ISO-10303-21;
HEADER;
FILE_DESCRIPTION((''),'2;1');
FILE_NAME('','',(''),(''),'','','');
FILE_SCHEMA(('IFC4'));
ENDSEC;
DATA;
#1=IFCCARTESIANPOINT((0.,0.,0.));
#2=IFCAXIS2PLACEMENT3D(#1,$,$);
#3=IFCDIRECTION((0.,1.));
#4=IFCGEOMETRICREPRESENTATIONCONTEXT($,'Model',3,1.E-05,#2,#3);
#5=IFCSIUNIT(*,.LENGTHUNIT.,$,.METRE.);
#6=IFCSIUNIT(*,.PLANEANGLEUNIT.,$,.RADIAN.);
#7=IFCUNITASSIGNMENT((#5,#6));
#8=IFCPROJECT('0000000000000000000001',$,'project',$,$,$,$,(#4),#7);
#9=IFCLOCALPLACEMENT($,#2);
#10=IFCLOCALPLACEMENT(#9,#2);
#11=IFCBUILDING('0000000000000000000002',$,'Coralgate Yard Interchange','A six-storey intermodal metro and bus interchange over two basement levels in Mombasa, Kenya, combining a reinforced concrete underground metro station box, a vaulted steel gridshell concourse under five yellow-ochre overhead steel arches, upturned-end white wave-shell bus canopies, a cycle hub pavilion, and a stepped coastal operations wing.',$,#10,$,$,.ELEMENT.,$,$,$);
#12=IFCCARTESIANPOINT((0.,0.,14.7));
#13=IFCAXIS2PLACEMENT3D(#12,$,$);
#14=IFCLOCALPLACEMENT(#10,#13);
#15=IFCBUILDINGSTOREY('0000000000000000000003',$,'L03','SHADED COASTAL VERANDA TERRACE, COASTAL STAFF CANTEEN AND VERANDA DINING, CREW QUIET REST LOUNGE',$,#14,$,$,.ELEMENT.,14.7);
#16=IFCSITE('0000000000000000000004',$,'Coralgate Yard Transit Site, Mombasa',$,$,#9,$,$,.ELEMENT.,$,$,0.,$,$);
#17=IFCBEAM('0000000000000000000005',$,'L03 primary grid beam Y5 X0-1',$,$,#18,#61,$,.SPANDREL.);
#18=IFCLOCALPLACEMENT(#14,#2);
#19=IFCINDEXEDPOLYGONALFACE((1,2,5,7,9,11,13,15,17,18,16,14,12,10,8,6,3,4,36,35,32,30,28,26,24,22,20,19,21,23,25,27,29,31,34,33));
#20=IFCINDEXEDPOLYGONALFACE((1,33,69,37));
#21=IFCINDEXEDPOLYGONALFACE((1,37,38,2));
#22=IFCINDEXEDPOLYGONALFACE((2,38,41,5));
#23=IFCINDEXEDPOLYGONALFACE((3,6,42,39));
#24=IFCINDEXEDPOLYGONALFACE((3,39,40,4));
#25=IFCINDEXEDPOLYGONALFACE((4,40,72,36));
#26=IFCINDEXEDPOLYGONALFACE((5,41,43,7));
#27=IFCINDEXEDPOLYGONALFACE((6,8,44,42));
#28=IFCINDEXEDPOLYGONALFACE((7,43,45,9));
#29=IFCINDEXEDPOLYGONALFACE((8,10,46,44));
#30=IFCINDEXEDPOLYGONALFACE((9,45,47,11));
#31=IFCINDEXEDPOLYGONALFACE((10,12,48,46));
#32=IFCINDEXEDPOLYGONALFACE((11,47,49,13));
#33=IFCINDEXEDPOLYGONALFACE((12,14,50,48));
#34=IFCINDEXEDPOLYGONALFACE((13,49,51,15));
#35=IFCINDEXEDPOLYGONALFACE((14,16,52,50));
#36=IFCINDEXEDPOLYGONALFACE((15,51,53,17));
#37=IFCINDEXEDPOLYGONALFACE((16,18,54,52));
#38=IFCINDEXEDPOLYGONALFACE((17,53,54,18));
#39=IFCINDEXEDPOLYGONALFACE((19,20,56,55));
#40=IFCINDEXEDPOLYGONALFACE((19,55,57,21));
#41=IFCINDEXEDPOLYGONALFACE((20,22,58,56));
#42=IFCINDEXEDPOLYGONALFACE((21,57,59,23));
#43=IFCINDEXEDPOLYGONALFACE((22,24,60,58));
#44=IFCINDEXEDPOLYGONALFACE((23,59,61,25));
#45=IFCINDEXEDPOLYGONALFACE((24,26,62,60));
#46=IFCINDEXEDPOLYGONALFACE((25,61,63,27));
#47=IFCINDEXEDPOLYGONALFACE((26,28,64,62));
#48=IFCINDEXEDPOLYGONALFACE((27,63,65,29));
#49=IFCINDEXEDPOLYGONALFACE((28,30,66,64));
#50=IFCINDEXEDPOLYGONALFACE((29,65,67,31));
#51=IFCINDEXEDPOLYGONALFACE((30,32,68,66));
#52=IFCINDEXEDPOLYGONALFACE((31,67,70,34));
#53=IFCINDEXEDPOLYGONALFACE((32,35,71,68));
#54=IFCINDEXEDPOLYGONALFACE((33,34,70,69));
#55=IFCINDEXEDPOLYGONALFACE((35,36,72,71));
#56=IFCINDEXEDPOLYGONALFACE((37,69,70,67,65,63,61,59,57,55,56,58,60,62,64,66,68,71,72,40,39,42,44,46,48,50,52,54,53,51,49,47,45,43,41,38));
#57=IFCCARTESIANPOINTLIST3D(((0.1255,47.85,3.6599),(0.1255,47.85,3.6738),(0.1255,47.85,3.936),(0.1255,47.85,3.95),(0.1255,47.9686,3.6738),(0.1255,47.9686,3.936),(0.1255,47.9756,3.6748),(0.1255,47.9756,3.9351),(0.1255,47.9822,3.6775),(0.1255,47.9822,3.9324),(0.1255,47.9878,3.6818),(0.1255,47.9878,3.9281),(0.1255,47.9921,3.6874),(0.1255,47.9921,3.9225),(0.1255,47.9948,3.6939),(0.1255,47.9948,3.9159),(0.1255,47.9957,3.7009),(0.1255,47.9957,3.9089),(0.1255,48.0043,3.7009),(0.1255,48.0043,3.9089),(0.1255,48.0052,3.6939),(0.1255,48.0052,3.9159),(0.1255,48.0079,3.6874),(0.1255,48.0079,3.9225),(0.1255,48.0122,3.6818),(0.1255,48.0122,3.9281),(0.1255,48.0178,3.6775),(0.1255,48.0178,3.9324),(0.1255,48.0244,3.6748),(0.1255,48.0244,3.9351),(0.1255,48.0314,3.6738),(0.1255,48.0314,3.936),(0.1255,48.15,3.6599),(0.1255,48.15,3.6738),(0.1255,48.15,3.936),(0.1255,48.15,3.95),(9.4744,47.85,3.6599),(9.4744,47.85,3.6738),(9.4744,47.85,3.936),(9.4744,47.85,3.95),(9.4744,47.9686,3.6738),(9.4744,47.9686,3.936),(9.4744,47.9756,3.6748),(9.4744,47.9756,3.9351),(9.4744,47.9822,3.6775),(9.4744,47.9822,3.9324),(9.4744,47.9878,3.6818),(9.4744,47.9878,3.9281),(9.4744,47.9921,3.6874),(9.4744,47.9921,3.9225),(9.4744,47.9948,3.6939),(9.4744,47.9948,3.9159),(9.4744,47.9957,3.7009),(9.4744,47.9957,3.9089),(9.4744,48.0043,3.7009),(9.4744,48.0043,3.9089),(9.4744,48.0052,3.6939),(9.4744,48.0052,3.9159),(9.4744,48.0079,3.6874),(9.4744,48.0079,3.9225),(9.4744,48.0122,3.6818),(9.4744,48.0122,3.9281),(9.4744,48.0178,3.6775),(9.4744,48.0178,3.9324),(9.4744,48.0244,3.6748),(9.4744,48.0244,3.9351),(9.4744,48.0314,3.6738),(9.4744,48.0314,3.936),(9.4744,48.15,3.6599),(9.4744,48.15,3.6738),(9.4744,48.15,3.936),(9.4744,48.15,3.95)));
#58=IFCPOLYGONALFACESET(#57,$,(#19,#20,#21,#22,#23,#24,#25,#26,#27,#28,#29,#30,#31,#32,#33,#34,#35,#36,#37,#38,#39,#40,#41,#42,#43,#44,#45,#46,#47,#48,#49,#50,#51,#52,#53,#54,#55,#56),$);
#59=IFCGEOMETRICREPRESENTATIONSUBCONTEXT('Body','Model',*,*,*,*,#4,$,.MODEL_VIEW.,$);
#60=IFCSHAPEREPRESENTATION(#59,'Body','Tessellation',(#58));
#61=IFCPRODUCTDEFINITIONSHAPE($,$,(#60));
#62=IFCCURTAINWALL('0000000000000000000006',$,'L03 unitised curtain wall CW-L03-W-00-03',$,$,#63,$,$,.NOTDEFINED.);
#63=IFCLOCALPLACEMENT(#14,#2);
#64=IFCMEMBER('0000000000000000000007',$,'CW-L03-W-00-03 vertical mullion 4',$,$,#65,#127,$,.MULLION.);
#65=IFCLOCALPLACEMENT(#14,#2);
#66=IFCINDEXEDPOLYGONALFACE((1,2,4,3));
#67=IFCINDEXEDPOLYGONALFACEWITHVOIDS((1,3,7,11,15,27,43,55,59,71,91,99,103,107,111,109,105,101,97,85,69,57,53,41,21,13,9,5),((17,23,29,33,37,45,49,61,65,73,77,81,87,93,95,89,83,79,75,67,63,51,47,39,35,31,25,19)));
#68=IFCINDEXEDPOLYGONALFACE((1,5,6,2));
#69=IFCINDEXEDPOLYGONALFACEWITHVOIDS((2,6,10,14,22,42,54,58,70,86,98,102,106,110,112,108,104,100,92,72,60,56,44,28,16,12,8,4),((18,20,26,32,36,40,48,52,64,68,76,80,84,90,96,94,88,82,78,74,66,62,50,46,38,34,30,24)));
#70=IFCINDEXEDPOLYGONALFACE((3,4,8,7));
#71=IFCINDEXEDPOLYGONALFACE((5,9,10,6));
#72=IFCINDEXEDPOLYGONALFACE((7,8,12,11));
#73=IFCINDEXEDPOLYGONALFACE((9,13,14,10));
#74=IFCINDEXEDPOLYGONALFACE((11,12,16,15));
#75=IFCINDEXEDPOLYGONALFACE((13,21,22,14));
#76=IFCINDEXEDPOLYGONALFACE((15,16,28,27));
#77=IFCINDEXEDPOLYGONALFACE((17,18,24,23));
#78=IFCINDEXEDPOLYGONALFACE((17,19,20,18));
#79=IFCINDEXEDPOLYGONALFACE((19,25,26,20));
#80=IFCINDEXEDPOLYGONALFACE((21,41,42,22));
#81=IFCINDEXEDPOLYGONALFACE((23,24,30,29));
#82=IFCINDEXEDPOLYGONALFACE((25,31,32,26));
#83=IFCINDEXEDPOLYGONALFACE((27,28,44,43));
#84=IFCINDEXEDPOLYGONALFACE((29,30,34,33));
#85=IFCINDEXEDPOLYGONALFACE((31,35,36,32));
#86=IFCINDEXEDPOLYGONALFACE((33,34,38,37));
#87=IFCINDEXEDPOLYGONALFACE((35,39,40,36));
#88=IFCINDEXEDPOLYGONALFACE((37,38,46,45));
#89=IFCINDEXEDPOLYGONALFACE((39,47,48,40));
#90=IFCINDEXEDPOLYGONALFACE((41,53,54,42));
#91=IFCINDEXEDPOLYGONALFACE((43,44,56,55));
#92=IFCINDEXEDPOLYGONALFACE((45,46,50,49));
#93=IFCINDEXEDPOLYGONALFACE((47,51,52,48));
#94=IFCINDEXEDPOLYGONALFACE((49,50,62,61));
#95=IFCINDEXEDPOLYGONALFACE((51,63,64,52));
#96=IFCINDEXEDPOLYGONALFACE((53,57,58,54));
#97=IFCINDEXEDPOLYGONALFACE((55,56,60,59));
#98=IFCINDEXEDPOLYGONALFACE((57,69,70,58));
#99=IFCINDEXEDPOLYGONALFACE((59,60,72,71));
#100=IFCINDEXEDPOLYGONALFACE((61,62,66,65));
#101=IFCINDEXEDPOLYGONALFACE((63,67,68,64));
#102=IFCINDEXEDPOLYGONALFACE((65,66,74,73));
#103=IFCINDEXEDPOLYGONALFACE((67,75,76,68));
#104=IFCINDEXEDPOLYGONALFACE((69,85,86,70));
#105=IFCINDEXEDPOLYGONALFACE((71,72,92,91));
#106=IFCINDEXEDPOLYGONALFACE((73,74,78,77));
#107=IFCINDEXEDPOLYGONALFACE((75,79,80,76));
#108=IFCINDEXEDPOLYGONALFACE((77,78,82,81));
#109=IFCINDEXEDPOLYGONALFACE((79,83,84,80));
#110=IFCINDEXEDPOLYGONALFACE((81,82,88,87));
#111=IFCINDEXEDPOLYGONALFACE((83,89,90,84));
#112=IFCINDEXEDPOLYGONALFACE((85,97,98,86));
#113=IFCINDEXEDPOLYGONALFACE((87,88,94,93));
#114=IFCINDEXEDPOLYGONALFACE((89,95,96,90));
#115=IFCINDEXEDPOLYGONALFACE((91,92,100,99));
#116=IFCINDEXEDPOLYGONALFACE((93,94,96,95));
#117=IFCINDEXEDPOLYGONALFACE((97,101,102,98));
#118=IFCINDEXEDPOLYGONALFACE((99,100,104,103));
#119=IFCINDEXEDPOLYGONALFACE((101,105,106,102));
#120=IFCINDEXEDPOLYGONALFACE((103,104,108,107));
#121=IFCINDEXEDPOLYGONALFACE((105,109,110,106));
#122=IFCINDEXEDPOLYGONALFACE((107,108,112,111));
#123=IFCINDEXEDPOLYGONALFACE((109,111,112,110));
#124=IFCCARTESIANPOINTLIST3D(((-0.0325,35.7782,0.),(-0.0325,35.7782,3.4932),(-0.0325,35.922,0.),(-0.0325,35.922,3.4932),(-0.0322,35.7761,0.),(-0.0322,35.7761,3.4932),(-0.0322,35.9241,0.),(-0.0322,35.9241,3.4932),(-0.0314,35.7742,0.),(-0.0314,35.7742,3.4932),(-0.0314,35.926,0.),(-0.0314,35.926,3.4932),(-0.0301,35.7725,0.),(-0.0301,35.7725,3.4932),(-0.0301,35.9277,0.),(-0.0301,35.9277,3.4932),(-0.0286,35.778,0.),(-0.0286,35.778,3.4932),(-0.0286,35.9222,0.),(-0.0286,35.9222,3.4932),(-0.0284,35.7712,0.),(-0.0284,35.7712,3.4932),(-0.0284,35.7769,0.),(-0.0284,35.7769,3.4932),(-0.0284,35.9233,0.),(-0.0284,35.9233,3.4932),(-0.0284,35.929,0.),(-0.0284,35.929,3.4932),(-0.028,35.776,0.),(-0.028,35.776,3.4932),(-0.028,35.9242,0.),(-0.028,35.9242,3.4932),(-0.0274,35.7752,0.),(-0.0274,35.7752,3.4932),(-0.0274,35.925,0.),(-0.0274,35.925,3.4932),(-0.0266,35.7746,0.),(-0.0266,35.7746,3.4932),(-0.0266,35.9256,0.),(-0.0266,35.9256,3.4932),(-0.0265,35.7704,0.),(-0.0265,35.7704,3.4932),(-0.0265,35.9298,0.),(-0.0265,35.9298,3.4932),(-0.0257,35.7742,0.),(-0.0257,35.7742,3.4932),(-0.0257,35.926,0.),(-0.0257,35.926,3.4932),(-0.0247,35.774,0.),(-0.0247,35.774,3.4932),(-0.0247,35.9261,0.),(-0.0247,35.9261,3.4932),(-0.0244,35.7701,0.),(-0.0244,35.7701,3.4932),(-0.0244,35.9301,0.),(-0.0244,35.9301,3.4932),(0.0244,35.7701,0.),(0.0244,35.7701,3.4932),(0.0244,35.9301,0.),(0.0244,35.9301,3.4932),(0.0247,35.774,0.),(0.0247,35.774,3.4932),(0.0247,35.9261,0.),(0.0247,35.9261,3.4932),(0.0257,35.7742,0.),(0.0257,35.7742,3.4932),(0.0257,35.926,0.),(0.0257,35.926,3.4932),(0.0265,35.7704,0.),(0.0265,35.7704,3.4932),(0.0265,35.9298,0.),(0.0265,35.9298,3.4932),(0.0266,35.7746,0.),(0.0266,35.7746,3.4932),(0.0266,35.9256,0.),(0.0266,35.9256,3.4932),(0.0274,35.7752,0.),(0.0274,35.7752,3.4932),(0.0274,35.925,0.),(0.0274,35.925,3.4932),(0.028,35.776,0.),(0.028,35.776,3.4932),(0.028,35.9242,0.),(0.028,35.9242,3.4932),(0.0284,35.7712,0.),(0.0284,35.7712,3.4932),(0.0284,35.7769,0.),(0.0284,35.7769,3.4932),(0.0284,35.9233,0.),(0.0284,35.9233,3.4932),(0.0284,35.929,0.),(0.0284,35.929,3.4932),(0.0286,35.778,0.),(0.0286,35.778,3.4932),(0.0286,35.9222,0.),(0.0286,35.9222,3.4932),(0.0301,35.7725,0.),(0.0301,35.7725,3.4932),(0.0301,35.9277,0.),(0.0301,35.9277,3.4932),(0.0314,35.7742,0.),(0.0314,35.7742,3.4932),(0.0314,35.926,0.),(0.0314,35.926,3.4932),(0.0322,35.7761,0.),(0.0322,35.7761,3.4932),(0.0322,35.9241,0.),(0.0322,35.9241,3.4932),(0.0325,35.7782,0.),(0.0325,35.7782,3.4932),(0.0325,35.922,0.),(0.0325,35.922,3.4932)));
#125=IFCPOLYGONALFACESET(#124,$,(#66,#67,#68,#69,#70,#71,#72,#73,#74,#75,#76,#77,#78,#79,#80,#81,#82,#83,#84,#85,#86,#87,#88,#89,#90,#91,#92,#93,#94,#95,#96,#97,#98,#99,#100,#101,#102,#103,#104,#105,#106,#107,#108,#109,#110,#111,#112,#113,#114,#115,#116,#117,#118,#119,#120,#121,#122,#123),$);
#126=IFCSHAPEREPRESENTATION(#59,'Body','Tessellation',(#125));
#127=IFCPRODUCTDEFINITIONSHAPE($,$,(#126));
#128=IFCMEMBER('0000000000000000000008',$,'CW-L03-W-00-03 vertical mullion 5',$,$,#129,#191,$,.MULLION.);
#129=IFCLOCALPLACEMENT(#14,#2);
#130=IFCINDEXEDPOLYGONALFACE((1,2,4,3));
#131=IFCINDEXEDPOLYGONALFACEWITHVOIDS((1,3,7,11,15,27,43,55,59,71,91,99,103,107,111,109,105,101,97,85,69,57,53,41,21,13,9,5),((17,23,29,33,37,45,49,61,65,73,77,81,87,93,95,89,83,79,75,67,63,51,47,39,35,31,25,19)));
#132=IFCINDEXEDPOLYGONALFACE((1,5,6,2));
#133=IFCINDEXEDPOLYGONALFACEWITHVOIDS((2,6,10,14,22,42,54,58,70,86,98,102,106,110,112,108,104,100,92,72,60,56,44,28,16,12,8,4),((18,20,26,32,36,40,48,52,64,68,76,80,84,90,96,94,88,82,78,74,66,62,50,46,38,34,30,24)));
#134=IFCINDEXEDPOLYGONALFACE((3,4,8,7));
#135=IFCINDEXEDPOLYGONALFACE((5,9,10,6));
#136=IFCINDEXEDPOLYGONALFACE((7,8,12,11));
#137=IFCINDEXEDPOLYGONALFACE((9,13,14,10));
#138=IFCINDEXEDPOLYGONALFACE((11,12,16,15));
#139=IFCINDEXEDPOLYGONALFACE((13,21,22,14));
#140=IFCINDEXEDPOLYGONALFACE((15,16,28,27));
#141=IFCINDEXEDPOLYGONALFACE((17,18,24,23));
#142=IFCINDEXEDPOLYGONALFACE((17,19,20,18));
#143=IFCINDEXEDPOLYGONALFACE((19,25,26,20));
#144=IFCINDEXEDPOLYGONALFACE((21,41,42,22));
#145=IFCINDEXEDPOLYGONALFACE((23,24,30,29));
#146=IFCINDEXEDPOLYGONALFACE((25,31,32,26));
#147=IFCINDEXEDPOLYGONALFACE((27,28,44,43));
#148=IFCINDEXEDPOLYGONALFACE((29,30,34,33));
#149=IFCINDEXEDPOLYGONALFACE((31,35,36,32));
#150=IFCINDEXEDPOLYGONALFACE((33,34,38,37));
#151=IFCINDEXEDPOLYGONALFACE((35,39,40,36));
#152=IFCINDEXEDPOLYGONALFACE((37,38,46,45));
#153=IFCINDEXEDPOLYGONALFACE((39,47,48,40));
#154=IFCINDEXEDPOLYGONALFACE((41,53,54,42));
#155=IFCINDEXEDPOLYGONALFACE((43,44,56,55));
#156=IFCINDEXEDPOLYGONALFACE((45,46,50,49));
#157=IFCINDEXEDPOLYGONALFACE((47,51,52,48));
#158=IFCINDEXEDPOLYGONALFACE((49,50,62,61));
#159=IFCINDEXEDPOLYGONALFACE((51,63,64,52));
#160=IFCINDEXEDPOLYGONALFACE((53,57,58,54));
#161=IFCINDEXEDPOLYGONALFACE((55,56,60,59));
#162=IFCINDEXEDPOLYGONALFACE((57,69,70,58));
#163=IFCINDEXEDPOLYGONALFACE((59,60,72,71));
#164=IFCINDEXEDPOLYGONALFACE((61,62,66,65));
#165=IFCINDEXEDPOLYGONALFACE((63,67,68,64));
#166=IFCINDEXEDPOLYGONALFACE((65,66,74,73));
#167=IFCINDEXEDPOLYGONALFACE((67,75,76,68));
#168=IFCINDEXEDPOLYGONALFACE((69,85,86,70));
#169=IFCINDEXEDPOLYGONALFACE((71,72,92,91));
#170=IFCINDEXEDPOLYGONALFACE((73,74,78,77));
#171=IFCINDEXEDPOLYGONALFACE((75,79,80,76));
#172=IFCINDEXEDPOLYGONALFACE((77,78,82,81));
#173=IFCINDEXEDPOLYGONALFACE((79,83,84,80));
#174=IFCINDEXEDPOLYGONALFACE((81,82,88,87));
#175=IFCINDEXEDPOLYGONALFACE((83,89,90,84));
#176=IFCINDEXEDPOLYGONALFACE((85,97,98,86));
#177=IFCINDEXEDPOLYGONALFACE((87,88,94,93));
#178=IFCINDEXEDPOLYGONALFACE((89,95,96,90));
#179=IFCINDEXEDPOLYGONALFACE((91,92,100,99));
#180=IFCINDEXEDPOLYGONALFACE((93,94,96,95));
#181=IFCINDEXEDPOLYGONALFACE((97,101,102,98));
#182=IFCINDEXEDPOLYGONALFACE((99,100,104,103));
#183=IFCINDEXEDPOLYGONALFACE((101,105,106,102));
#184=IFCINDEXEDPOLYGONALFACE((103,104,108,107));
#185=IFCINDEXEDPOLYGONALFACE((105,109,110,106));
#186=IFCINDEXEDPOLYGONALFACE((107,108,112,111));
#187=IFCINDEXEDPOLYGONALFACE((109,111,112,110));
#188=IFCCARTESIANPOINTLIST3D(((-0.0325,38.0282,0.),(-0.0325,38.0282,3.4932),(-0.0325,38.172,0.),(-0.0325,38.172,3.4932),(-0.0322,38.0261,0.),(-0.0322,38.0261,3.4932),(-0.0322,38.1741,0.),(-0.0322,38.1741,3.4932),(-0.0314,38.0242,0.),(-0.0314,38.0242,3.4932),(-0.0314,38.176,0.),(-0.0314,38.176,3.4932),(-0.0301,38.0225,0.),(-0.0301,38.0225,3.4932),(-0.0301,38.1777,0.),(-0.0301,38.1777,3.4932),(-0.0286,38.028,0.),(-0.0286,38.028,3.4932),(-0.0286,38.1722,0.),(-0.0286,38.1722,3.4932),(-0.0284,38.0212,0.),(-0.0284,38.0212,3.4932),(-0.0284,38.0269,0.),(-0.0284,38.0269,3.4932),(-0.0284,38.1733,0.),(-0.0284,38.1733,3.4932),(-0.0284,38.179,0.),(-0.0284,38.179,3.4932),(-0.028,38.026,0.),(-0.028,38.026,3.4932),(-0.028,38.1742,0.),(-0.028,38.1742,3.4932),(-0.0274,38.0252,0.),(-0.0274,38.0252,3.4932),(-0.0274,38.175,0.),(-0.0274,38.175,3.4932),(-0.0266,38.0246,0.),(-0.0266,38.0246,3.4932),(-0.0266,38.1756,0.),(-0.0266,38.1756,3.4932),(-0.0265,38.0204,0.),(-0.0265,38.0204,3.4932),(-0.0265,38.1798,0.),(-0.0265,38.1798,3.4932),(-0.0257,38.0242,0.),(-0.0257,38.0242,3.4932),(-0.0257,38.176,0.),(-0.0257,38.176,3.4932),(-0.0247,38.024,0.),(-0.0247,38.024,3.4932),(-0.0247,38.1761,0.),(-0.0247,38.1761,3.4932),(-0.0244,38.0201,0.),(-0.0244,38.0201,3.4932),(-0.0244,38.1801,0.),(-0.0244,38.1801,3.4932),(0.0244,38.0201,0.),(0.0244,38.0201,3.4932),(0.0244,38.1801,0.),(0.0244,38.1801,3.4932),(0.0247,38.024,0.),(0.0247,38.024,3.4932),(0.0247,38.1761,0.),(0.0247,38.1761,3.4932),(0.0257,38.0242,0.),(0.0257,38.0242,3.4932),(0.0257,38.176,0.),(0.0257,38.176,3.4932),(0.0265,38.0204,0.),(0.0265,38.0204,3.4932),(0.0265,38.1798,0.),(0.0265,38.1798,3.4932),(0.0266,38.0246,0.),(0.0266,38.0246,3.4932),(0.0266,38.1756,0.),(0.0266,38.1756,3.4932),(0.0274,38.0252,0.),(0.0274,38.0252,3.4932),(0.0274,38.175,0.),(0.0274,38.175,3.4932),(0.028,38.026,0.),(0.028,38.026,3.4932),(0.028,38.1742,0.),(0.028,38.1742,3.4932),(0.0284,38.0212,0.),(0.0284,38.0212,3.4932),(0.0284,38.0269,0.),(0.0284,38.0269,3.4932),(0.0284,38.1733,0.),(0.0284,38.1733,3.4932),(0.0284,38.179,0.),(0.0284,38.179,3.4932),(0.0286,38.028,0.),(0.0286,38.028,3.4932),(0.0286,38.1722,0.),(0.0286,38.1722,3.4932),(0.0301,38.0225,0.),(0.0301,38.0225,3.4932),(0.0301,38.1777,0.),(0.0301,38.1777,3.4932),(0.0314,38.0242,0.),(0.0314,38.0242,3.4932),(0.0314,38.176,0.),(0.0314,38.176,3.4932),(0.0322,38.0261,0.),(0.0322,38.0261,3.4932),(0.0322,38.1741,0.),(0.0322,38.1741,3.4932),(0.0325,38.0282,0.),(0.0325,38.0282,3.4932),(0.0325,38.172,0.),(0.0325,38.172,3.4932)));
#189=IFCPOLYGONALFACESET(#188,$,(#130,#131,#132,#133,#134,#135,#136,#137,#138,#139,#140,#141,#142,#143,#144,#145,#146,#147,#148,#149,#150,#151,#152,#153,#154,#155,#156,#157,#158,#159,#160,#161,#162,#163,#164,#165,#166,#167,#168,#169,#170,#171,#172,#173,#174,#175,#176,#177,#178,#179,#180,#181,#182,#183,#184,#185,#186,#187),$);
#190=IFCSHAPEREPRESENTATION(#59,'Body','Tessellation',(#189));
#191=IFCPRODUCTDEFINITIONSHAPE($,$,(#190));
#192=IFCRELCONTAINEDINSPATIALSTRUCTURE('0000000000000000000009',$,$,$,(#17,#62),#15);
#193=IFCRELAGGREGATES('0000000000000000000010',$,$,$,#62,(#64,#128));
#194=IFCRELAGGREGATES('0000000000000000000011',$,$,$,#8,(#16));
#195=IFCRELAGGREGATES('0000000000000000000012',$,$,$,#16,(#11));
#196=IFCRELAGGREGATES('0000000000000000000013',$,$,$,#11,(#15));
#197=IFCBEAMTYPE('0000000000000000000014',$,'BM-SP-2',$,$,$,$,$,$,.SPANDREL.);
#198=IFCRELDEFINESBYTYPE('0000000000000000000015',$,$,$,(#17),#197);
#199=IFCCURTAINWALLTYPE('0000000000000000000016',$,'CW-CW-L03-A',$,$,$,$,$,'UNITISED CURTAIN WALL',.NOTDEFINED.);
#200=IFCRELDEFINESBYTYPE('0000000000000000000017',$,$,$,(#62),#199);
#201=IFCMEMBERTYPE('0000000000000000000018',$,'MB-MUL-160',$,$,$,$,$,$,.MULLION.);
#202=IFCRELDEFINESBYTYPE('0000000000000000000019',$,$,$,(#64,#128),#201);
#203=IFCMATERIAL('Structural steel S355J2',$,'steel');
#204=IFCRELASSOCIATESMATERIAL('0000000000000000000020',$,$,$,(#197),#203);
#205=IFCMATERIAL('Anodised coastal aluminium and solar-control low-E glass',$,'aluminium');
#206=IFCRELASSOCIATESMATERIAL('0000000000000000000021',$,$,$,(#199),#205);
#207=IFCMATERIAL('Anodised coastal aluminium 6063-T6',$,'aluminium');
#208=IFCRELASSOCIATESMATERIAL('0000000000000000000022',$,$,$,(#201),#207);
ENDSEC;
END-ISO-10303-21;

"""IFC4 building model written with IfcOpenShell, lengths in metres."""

from ifc_helpers import new_model, si_unit, direction, frame, origin, origin_2d, place, context, subcontext, project, spatial, hollow_rectangle, i_section, extrude, material, material_profile, profile_set, type_object, element, aggregate, save


model = new_model("IFC4")

# Units and contexts
model_context = context("Model", 3, precision=1e-05, world=origin(), true_north=direction((0.0, 1.0)))
body_context = subcontext(model_context, "Body", "Model", "MODEL_VIEW")
ifc_project = project(units=[si_unit("LENGTHUNIT", "METRE"), si_unit("PLANEANGLEUNIT", "RADIAN")], contexts=[model_context])

# Site, building, storey
site_placement = place(None, origin())
site = spatial("IfcSite", under=ifc_project, at=site_placement, Name="Coralgate Yard Transit Site, Mombasa", CompositionType="ELEMENT", RefElevation=0.0)
building_placement = place(site_placement, origin())
building = spatial("IfcBuilding", under=site, at=building_placement, Name="Coralgate Yard Interchange", Description="A six-storey intermodal metro and bus interchange over two basement levels in Mombasa, Kenya, combining a reinforced concrete underground metro station box, a vaulted steel gridshell concourse under five yellow-ochre overhead steel arches, upturned-end white wave-shell bus canopies, a cycle hub pavilion, and a stepped coastal operations wing.", CompositionType="ELEMENT")
storey_placement = place(building_placement, frame((0.0, 0.0, 14.7)))
storey = spatial("IfcBuildingStorey", under=building, at=storey_placement, Name="L03", Description="SHADED COASTAL VERANDA TERRACE, COASTAL STAFF CANTEEN AND VERANDA DINING, CREW QUIET REST LOUNGE", CompositionType="ELEMENT", Elevation=14.7)

# Shared definitions
ifc_material_1 = material(Name="Structural steel S355J2", Category="steel")

# Beam
ifc_material_profile_1 = material_profile(ifc_material_1, i_section(OverallWidth=0.3, OverallDepth=0.29, WebThickness=0.0085, FlangeThickness=0.0139, FilletRadius=0.0271, at=origin_2d()), Name="HEA 300")
ifc_profile_set_1 = profile_set([ifc_material_profile_1], Name="Structural steel S355J2")
beam_type_1 = type_object("IfcBeamType", Name="BM-SP-2", PredefinedType="SPANDREL", material=ifc_profile_set_1)
beam_1_placement = place(storey_placement, frame((0.1255, 48.0, 3.8049), z_axis=(1.0, 0.0, 0.0), x_axis=(0.0, 1.0, 0.0)))
element("IfcBeam", 1, at=beam_1_placement, inside=storey, type_object=beam_type_1, Name="L03 primary grid beam Y5 X0-1", PredefinedType="SPANDREL", context=body_context, shape_type="SweptSolid", body=[
    extrude(i_section(OverallWidth=0.3, OverallDepth=0.29, WebThickness=0.0085, FlangeThickness=0.0139, FilletRadius=0.0271, at=origin_2d()), origin(), (0.0, 0.0, 1.0), 9.3489),
])

# Curtain wall, members
ifc_material_2 = material(Name="Anodised coastal aluminium and solar-control low-E glass", Category="aluminium")
curtain_wall_type = type_object("IfcCurtainWallType", Name="CW-CW-L03-A", ElementType="UNITISED CURTAIN WALL", PredefinedType="NOTDEFINED", material=ifc_material_2)
curtain_wall_placement = place(storey_placement, origin())
curtain_wall = element("IfcCurtainWall", 2, at=curtain_wall_placement, inside=storey, type_object=curtain_wall_type, Name="L03 unitised curtain wall CW-L03-W-00-03", PredefinedType="NOTDEFINED")
ifc_material_3 = material(Name="Anodised coastal aluminium 6063-T6", Category="aluminium")
ifc_material_profile_2 = material_profile(ifc_material_3, hollow_rectangle(XDim=0.0649, YDim=0.1599, WallThickness=0.0039, InnerFilletRadius=0.0039, OuterFilletRadius=0.0081, at=origin_2d()), Name="ALU 65x160x4")
ifc_profile_set_2 = profile_set([ifc_material_profile_2], Name="Anodised coastal aluminium 6063-T6")
member_type_1 = type_object("IfcMemberType", Name="MB-MUL-160", PredefinedType="MULLION", material=ifc_profile_set_2)
member_1_placement = place(storey_placement, frame((0.0, 35.8501, 0.0), z_axis=(0.0, 0.0, 1.0), x_axis=(1.0, 0.0, 0.0)))
member_1 = element("IfcMember", 3, at=member_1_placement, type_object=member_type_1, Name="CW-L03-W-00-03 vertical mullion 4", PredefinedType="MULLION", context=body_context, shape_type="SweptSolid", body=[
    extrude(hollow_rectangle(XDim=0.0649, YDim=0.1599, WallThickness=0.0039, InnerFilletRadius=0.0039, OuterFilletRadius=0.0081, at=origin_2d()), origin(), (0.0, 0.0, 1.0), 3.4932),
])
member_2_placement = place(storey_placement, frame((0.0, 38.1001, 0.0), z_axis=(0.0, 0.0, 1.0), x_axis=(1.0, 0.0, 0.0)))
member_2 = element("IfcMember", 4, at=member_2_placement, type_object=member_type_1, Name="CW-L03-W-00-03 vertical mullion 5", PredefinedType="MULLION", context=body_context, shape_type="SweptSolid", body=[
    extrude(hollow_rectangle(XDim=0.0649, YDim=0.1599, WallThickness=0.0039, InnerFilletRadius=0.0039, OuterFilletRadius=0.0081, at=origin_2d()), origin(), (0.0, 0.0, 1.0), 3.4932),
])
aggregate(curtain_wall, [member_1, member_2])

save(model, "model.ifc")
